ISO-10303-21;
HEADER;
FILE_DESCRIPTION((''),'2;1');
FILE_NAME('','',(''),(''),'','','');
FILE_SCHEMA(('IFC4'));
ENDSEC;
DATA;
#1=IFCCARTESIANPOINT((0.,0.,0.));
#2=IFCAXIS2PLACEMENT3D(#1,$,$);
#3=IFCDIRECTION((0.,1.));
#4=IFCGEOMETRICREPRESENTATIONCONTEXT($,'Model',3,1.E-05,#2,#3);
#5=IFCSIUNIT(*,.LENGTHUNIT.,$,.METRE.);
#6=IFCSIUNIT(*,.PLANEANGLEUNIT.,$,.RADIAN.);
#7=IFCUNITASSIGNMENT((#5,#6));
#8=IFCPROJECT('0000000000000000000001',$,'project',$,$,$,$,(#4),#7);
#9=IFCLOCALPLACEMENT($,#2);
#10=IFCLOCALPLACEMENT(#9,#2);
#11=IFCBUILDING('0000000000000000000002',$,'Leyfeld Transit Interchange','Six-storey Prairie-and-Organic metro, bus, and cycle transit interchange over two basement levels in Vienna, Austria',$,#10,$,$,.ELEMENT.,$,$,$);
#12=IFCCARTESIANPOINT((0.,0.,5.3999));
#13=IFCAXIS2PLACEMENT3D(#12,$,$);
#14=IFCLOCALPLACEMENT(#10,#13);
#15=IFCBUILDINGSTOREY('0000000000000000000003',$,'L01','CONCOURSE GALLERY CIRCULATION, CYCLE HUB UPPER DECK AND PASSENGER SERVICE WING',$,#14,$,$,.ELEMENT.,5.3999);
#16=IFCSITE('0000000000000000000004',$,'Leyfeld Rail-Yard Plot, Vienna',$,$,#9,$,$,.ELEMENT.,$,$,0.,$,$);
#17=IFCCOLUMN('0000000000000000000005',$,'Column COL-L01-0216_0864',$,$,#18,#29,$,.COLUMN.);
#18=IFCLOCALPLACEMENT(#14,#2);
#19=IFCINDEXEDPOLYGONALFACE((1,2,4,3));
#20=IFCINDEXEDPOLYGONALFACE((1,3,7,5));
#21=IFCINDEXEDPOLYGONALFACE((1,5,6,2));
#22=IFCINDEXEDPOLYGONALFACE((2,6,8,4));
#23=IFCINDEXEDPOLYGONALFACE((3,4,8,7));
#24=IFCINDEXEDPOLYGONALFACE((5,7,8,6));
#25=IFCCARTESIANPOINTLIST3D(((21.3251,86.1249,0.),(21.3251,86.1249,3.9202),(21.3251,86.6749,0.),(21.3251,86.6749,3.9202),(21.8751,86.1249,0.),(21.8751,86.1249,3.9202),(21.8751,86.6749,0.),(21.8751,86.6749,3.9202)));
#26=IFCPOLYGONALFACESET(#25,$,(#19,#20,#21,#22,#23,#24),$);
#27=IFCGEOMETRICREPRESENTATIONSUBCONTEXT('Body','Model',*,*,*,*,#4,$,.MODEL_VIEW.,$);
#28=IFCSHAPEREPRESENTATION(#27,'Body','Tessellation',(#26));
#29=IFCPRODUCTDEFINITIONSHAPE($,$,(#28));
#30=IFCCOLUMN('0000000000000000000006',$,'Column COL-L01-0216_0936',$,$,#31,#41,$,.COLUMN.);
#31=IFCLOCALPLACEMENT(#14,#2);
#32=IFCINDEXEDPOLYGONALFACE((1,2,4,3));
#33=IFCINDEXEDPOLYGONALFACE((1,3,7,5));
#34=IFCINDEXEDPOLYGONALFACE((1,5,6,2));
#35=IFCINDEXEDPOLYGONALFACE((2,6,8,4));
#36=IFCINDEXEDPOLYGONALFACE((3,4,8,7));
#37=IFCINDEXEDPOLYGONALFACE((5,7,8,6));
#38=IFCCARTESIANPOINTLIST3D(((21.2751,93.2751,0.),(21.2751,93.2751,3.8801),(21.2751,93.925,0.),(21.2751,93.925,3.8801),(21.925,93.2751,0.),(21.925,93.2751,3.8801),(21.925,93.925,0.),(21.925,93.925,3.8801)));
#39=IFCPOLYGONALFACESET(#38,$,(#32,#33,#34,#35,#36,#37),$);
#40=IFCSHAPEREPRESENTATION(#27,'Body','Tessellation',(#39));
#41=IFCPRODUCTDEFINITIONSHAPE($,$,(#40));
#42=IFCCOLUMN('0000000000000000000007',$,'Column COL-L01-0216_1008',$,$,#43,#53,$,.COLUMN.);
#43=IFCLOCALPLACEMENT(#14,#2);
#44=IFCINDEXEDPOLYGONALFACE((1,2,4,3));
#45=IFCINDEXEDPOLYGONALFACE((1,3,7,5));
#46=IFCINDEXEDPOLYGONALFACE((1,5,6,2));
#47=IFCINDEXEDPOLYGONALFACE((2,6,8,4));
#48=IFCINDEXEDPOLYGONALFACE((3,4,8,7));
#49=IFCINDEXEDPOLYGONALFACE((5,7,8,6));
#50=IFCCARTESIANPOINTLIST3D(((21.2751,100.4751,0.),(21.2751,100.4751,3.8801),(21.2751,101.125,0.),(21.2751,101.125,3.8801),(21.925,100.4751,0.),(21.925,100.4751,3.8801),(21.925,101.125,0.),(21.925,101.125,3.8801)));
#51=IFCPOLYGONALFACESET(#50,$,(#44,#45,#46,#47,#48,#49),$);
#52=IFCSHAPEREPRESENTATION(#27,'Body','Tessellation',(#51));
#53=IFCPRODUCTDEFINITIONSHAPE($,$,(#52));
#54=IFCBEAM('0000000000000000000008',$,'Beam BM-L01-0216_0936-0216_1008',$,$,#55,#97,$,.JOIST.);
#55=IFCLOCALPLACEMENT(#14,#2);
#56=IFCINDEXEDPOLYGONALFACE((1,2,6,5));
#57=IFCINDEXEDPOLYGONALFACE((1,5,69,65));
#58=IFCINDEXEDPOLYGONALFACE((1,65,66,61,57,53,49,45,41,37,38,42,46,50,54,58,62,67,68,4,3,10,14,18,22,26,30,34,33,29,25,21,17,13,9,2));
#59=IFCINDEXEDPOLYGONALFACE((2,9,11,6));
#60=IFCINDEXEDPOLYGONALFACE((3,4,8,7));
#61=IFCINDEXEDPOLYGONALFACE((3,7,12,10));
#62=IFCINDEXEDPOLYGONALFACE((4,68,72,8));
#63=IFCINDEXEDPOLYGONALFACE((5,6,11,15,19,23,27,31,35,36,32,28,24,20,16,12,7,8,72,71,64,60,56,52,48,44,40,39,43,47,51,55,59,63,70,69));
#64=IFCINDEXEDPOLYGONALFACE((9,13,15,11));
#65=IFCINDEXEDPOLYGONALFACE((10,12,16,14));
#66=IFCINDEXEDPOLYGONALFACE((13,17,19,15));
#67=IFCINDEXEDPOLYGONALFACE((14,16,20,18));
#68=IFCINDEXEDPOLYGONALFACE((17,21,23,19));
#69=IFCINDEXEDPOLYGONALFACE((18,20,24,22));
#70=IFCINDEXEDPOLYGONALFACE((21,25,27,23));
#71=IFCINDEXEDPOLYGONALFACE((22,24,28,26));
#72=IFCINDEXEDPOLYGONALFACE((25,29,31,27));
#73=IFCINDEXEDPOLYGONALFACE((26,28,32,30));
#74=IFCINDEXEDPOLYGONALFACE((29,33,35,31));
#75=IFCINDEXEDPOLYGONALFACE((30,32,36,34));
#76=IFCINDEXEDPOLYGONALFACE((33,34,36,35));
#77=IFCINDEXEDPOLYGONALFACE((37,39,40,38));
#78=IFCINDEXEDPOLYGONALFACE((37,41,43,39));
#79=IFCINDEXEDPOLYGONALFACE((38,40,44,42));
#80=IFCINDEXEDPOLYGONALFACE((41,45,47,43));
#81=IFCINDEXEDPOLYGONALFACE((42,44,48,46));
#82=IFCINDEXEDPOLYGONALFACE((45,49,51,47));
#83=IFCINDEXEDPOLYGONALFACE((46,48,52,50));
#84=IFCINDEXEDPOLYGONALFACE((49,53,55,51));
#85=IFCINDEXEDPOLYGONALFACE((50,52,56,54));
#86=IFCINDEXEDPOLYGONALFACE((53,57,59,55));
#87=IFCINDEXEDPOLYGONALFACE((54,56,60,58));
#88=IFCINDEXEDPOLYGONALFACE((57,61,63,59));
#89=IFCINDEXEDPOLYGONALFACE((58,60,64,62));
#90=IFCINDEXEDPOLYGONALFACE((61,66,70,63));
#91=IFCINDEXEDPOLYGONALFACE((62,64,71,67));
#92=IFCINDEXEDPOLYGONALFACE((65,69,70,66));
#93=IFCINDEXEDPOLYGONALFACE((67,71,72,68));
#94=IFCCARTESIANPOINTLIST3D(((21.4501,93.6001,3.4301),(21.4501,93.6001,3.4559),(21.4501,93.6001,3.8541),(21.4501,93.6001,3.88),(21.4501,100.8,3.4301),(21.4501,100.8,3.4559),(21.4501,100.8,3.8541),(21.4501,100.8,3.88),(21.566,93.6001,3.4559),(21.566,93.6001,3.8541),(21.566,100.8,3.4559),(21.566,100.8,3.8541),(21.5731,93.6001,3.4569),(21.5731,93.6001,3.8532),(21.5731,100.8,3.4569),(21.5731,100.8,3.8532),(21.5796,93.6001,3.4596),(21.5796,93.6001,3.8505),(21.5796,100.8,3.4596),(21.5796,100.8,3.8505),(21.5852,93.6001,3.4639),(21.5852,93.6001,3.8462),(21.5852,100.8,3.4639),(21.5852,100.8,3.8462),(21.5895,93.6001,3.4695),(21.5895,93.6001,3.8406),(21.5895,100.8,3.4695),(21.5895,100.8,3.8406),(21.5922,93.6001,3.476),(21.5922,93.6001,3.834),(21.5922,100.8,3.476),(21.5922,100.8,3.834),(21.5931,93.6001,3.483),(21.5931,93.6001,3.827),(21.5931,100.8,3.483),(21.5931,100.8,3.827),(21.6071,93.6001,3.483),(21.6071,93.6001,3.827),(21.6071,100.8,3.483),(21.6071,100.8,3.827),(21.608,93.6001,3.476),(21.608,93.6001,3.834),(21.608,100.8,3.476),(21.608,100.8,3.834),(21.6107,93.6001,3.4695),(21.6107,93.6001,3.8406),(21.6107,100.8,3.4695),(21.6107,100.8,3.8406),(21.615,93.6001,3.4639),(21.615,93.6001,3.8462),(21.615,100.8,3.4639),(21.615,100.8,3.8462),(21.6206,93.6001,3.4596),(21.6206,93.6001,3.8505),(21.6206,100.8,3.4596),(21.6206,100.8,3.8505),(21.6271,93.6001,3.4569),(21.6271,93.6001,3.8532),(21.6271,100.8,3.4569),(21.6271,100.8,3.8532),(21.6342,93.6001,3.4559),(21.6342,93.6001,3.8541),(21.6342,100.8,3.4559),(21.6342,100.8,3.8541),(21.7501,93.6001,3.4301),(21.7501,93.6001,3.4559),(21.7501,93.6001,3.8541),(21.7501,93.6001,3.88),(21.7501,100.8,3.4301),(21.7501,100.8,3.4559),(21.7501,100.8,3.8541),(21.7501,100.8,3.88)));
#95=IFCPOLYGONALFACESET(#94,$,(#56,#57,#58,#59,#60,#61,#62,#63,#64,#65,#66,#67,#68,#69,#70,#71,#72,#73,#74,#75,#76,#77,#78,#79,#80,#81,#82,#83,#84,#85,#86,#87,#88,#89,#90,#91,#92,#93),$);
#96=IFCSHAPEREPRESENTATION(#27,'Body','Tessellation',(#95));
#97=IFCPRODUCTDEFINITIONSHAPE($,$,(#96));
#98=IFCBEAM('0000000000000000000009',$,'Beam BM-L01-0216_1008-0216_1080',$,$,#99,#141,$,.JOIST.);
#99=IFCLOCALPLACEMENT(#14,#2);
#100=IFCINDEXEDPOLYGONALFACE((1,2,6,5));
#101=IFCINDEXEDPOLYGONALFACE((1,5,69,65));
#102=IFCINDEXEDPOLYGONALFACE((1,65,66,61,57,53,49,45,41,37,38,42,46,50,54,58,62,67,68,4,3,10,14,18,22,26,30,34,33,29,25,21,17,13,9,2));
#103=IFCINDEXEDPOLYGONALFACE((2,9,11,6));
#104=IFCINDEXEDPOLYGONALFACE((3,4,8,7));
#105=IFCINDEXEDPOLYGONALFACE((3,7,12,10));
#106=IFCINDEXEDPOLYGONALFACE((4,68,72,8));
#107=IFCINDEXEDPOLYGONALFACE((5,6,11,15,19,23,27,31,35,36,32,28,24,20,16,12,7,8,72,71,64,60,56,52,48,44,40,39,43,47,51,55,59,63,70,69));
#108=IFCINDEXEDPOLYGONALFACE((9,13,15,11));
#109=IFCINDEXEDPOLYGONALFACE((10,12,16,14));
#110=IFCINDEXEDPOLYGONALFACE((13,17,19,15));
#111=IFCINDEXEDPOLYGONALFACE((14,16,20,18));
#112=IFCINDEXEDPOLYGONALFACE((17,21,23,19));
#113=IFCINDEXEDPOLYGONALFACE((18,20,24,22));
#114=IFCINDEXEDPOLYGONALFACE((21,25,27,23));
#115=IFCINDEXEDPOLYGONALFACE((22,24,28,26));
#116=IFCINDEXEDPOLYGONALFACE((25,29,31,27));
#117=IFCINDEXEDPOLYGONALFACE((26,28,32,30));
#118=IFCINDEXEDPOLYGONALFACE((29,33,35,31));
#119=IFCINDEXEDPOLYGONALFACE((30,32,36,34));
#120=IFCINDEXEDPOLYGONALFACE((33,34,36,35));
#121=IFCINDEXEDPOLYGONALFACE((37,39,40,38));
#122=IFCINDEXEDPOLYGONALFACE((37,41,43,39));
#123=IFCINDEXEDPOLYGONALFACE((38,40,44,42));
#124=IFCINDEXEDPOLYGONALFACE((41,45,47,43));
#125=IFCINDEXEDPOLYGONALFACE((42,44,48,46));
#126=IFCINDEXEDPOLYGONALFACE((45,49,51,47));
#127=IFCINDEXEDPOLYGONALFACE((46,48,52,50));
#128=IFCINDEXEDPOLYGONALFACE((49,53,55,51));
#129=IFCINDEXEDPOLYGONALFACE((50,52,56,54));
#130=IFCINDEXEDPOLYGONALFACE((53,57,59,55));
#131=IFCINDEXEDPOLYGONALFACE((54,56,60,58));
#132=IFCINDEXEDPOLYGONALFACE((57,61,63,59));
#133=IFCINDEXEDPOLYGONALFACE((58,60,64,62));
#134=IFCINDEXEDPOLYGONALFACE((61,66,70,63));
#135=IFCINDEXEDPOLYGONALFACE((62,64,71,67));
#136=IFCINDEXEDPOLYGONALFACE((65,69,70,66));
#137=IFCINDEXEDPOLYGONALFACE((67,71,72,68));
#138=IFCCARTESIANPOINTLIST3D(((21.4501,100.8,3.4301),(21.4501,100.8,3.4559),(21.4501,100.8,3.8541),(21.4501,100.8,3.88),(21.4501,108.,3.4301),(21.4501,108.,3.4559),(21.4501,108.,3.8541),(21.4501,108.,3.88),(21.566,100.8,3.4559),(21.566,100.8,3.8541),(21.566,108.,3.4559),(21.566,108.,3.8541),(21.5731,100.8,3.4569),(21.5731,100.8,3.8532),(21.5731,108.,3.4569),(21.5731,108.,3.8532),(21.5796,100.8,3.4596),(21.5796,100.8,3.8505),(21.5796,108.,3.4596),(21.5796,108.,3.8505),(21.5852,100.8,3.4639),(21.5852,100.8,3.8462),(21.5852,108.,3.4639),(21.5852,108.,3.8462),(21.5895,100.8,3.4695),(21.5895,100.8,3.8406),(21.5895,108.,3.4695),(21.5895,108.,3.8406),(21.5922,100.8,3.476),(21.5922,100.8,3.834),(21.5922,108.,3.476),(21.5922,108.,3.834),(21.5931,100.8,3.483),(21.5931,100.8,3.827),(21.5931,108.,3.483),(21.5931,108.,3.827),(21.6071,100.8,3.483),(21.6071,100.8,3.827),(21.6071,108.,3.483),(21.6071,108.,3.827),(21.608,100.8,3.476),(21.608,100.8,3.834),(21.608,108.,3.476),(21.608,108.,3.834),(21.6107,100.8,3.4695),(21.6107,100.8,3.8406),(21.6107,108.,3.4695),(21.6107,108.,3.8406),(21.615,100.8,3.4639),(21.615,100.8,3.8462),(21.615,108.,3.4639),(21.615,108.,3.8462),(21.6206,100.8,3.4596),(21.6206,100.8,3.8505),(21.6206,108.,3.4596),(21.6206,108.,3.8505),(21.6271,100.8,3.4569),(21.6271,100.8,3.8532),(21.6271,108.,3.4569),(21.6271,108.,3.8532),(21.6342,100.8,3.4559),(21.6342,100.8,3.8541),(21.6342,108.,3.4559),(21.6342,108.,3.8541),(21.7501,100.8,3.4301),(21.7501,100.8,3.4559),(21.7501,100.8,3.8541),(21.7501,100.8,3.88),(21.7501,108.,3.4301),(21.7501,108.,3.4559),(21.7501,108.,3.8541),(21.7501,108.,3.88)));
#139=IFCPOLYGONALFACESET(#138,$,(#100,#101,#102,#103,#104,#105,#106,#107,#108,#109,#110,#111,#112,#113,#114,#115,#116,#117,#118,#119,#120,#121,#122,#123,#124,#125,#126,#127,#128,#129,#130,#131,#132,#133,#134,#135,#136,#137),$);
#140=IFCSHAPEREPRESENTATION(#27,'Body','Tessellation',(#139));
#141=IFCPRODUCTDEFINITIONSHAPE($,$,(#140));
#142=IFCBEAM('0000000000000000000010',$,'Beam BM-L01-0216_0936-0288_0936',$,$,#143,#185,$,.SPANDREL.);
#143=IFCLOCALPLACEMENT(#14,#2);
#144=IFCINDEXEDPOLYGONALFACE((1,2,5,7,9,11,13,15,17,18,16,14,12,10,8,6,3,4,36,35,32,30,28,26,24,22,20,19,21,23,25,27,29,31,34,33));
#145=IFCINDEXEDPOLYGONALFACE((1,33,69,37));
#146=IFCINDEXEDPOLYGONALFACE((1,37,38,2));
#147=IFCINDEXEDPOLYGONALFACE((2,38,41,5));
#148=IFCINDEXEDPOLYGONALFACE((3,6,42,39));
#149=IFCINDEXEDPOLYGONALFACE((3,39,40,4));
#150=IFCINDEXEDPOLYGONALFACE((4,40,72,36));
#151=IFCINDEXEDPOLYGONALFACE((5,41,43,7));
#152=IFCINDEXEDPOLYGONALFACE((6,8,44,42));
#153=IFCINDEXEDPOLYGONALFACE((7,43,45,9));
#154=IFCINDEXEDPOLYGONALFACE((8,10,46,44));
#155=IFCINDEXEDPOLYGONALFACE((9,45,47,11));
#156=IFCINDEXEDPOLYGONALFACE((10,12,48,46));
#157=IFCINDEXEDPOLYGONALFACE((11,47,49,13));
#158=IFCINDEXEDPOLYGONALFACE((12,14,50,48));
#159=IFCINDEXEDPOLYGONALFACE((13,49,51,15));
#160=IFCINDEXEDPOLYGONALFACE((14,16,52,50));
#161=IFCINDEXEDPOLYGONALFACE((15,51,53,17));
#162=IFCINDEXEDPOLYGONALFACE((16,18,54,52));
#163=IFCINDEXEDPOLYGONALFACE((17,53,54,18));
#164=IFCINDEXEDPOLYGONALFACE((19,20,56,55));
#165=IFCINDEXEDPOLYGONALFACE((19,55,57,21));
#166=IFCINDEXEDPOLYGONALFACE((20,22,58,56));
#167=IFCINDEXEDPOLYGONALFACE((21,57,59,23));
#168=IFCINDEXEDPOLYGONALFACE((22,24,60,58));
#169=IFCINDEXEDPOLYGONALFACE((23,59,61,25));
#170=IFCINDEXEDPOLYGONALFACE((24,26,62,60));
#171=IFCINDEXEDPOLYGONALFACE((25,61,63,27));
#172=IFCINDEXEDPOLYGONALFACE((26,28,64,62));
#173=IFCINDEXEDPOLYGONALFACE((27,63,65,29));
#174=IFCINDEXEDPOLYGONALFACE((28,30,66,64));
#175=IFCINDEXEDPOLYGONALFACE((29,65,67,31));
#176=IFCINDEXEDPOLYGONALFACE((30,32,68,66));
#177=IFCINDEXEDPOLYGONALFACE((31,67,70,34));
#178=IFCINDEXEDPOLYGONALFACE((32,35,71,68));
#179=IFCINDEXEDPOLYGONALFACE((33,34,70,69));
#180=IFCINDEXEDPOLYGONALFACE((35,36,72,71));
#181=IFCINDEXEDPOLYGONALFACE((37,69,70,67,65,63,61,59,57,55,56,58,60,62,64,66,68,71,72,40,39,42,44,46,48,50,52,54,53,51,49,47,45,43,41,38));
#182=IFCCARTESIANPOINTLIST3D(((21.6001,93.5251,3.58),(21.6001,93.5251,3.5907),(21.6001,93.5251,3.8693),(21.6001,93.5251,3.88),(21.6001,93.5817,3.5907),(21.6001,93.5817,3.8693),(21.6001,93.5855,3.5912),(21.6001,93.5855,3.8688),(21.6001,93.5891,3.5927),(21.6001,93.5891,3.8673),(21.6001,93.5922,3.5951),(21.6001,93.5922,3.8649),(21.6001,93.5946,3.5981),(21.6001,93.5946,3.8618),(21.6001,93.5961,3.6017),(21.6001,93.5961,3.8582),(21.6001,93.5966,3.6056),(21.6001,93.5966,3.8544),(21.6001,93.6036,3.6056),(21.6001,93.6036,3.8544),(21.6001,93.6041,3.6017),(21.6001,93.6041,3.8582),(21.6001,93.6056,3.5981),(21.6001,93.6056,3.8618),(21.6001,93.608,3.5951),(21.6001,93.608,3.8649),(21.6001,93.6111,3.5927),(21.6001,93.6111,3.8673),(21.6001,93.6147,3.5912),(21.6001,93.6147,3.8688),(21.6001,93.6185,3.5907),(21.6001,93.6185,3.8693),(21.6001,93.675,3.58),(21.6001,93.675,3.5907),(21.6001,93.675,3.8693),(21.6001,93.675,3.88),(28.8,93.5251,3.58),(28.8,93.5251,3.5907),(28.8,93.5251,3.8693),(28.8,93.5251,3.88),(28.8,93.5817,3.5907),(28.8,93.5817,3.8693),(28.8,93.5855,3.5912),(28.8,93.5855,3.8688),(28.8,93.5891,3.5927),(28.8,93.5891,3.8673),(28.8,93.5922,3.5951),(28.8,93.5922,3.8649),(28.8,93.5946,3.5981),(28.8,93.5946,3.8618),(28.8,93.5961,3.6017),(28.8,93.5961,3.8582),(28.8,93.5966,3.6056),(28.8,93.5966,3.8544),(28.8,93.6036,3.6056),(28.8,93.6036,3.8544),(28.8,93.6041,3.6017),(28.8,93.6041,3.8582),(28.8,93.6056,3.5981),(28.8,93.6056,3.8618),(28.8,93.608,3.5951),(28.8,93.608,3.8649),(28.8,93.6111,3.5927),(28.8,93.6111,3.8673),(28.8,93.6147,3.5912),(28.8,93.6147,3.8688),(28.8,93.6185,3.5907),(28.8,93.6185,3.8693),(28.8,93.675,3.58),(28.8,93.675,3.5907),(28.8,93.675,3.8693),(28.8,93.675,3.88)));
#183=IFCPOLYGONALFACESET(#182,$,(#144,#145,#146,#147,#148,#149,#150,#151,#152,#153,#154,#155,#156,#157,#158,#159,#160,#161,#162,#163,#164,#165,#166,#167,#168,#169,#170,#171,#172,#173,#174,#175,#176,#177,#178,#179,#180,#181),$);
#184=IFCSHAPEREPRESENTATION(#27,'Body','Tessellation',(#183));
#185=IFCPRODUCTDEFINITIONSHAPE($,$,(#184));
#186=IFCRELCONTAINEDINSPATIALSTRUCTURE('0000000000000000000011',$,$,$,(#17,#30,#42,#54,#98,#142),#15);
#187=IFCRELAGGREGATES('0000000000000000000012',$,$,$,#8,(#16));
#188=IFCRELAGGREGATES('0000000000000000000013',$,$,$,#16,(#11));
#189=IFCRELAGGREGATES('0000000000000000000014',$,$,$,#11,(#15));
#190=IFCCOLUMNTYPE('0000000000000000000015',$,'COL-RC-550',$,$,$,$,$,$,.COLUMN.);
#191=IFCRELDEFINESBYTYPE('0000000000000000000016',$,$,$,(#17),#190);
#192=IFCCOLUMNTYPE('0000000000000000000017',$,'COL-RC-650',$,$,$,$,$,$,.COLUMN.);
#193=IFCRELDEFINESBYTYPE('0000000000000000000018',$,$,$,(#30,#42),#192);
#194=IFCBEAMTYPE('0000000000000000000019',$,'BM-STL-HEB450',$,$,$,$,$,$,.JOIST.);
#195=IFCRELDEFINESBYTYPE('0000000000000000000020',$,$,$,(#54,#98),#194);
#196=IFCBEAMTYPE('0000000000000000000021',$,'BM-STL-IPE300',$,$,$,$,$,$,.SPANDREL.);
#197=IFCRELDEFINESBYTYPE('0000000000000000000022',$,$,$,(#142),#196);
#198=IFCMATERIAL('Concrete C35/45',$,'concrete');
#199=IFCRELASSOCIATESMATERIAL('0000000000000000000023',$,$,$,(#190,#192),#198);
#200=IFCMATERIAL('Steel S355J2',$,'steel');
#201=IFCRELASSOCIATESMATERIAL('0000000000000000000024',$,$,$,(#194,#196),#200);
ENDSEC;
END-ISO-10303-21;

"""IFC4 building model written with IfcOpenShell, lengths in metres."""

from ifc_helpers import new_model, si_unit, direction, frame, origin, origin_2d, place, context, subcontext, project, spatial, rectangle, i_section, extrude, material, material_profile, profile_set, type_object, element, save


model = new_model("IFC4")

# Units and contexts
model_context = context("Model", 3, precision=1e-05, world=origin(), true_north=direction((0.0, 1.0)))
body_context = subcontext(model_context, "Body", "Model", "MODEL_VIEW")
ifc_project = project(units=[si_unit("LENGTHUNIT", "METRE"), si_unit("PLANEANGLEUNIT", "RADIAN")], contexts=[model_context])

# Site, building, storey
site_placement = place(None, origin())
site = spatial("IfcSite", under=ifc_project, at=site_placement, Name="Leyfeld Rail-Yard Plot, Vienna", CompositionType="ELEMENT", RefElevation=0.0)
building_placement = place(site_placement, origin())
building = spatial("IfcBuilding", under=site, at=building_placement, Name="Leyfeld Transit Interchange", Description="Six-storey Prairie-and-Organic metro, bus, and cycle transit interchange over two basement levels in Vienna, Austria", CompositionType="ELEMENT")
storey_placement = place(building_placement, frame((0.0, 0.0, 5.3999)))
storey = spatial("IfcBuildingStorey", under=building, at=storey_placement, Name="L01", Description="CONCOURSE GALLERY CIRCULATION, CYCLE HUB UPPER DECK AND PASSENGER SERVICE WING", CompositionType="ELEMENT", Elevation=5.3999)

# Columns
ifc_material_1 = material(Name="Concrete C35/45", Category="concrete")
ifc_material_profile_1 = material_profile(ifc_material_1, rectangle(XDim=0.55, YDim=0.55, at=origin_2d()), Name="RC 550x550")
ifc_profile_set_1 = profile_set([ifc_material_profile_1], Name="Concrete C35/45")
column_type_1 = type_object("IfcColumnType", Name="COL-RC-550", PredefinedType="COLUMN", material=ifc_profile_set_1)
column_placement = place(storey_placement, frame((21.6001, 86.3999, 0.0), z_axis=(0.0, 0.0, 1.0), x_axis=(1.0, 0.0, 0.0)))
element("IfcColumn", 1, at=column_placement, inside=storey, type_object=column_type_1, Name="Column COL-L01-0216_0864", PredefinedType="COLUMN", context=body_context, shape_type="SweptSolid", body=[
    extrude(rectangle(XDim=0.55, YDim=0.55, at=origin_2d()), origin(), (0.0, 0.0, 1.0), 3.9202),
])
ifc_material_profile_2 = material_profile(ifc_material_1, rectangle(XDim=0.6499, YDim=0.6499, at=origin_2d()), Name="RC 650x650")
ifc_profile_set_2 = profile_set([ifc_material_profile_2], Name="Concrete C35/45")
column_type_2 = type_object("IfcColumnType", Name="COL-RC-650", PredefinedType="COLUMN", material=ifc_profile_set_2)
for number, where, z_axis, x_axis, name in (
    (2, (21.6001, 93.6001, 0.0), (0.0, 0.0, 1.0), (1.0, 0.0, 0.0), "Column COL-L01-0216_0936"),
    (3, (21.6001, 100.8, 0.0), (0.0, 0.0, 1.0), (1.0, 0.0, 0.0), "Column COL-L01-0216_1008"),
):
    element("IfcColumn", number, at=place(storey_placement, frame(where, z_axis=z_axis, x_axis=x_axis)), inside=storey, type_object=column_type_2, Name=name, PredefinedType="COLUMN", context=body_context, shape_type="SweptSolid", body=[
        extrude(rectangle(XDim=0.6499, YDim=0.6499, at=origin_2d()), origin(), (0.0, 0.0, 1.0), 3.8801),
    ])

# Beams
ifc_material_2 = material(Name="Steel S355J2", Category="steel")
ifc_material_profile_3 = material_profile(ifc_material_2, i_section(OverallWidth=0.3, OverallDepth=0.45, WebThickness=0.0139, FlangeThickness=0.0259, FilletRadius=0.0271, at=origin_2d()), Name="HEB 450")
ifc_profile_set_3 = profile_set([ifc_material_profile_3], Name="Steel S355J2")
beam_type_1 = type_object("IfcBeamType", Name="BM-STL-HEB450", PredefinedType="JOIST", material=ifc_profile_set_3)
for number, where, z_axis, x_axis, name in (
    (4, (21.6001, 93.6001, 3.655), (0.0, 1.0, 0.0), (-1.0, 0.0, 0.0), "Beam BM-L01-0216_0936-0216_1008"),
    (5, (21.6001, 100.8, 3.655), (0.0, 1.0, 0.0), (-1.0, 0.0, 0.0), "Beam BM-L01-0216_1008-0216_1080"),
):
    element("IfcBeam", number, at=place(storey_placement, frame(where, z_axis=z_axis, x_axis=x_axis)), inside=storey, type_object=beam_type_1, Name=name, PredefinedType="JOIST", context=body_context, shape_type="SweptSolid", body=[
        extrude(i_section(OverallWidth=0.3, OverallDepth=0.45, WebThickness=0.0139, FlangeThickness=0.0259, FilletRadius=0.0271, at=origin_2d()), origin(), (0.0, 0.0, 1.0), 7.2),
    ])
ifc_material_profile_4 = material_profile(ifc_material_2, i_section(OverallWidth=0.1499, OverallDepth=0.3, WebThickness=0.0071, FlangeThickness=0.0107, FilletRadius=0.0149, at=origin_2d()), Name="IPE 300")
ifc_profile_set_4 = profile_set([ifc_material_profile_4], Name="Steel S355J2")
beam_type_2 = type_object("IfcBeamType", Name="BM-STL-IPE300", PredefinedType="SPANDREL", material=ifc_profile_set_4)
beam_1_placement = place(storey_placement, frame((21.6001, 93.6001, 3.73), z_axis=(1.0, 0.0, 0.0), x_axis=(0.0, 1.0, 0.0)))
element("IfcBeam", 6, at=beam_1_placement, inside=storey, type_object=beam_type_2, Name="Beam BM-L01-0216_0936-0288_0936", PredefinedType="SPANDREL", context=body_context, shape_type="SweptSolid", body=[
    extrude(i_section(OverallWidth=0.1499, OverallDepth=0.3, WebThickness=0.0071, FlangeThickness=0.0107, FilletRadius=0.0149, at=origin_2d()), origin(), (0.0, 0.0, 1.0), 7.2),
])

save(model, "model.ifc")
